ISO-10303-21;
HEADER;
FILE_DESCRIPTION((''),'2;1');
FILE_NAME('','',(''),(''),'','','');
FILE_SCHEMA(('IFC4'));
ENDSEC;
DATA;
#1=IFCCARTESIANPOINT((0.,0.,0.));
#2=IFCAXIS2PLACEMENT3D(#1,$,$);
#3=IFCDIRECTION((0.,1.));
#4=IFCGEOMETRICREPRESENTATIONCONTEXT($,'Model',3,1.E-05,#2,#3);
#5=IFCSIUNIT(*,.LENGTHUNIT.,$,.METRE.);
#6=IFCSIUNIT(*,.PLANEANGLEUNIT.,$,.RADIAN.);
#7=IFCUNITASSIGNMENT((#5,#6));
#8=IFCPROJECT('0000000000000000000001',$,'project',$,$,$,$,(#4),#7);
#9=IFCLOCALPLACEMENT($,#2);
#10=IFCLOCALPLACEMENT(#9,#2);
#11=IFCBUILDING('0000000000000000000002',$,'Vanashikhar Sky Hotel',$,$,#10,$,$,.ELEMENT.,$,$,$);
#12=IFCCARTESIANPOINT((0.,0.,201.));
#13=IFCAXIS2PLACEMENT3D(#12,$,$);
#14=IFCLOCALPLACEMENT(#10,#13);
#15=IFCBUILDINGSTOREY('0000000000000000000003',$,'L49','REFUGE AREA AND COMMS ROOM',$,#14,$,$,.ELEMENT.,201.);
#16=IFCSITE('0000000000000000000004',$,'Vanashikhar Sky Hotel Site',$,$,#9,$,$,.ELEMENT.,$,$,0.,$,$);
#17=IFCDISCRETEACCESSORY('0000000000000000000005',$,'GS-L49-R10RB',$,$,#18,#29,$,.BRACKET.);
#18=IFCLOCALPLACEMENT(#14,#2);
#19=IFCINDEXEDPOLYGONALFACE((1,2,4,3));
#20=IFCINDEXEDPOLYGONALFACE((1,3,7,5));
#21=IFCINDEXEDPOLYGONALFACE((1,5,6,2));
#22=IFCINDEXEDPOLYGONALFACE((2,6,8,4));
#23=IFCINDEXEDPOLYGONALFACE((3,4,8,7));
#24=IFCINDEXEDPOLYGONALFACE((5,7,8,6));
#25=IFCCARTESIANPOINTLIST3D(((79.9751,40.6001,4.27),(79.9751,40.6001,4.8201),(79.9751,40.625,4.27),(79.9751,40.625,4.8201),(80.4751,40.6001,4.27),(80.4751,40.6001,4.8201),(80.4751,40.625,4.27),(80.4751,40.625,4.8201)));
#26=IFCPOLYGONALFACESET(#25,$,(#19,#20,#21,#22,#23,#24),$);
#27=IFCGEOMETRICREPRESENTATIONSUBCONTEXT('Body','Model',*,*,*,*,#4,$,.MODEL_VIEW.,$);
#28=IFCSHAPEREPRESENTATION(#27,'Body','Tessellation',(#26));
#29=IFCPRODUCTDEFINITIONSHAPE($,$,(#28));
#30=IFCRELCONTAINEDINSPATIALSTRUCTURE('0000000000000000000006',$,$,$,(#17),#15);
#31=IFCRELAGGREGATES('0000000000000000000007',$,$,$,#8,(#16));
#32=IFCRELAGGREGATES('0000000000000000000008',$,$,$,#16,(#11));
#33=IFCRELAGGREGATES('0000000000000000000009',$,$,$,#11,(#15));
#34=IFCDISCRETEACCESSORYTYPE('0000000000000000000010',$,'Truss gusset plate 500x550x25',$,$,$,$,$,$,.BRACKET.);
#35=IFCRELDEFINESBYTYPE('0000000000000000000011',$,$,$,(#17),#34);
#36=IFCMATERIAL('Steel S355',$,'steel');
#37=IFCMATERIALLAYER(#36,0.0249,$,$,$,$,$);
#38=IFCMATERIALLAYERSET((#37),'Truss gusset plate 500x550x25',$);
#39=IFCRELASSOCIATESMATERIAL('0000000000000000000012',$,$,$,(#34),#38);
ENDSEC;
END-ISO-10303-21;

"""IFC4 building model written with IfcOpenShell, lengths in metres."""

from ifc_helpers import new_model, si_unit, direction, frame, origin, origin_2d, place, context, subcontext, project, spatial, rectangle, extrude, source, transform, mapped, material, layer, layer_set, type_object, element, save


model = new_model("IFC4")

# Units and contexts
model_context = context("Model", 3, precision=1e-05, world=origin(), true_north=direction((0.0, 1.0)))
body_context = subcontext(model_context, "Body", "Model", "MODEL_VIEW")
ifc_project = project(units=[si_unit("LENGTHUNIT", "METRE"), si_unit("PLANEANGLEUNIT", "RADIAN")], contexts=[model_context])

# Site, building, storey
site_placement = place(None, origin())
site = spatial("IfcSite", under=ifc_project, at=site_placement, Name="Vanashikhar Sky Hotel Site", CompositionType="ELEMENT", RefElevation=0.0)
building_placement = place(site_placement, origin())
building = spatial("IfcBuilding", under=site, at=building_placement, Name="Vanashikhar Sky Hotel", CompositionType="ELEMENT")
storey_placement = place(building_placement, frame((0.0, 0.0, 201.0)))
storey = spatial("IfcBuildingStorey", under=building, at=storey_placement, Name="L49", Description="REFUGE AREA AND COMMS ROOM", CompositionType="ELEMENT", Elevation=201.0)

# Shared definitions
ifc_material_1 = material(Name="Steel S355", Category="steel")

# Discrete accessory
ifc_layer_1 = layer(ifc_material_1, 0.0249)
ifc_layer_set_1 = layer_set([ifc_layer_1], Name="Truss gusset plate 500x550x25")
discrete_accessory_type_1 = type_object("IfcDiscreteAccessoryType", Name="Truss gusset plate 500x550x25", PredefinedType="BRACKET", material=ifc_layer_set_1)
shared_shape_1 = source(origin(), body_context, "Body", "SweptSolid", [
    extrude(rectangle(XDim=0.5, YDim=0.0249, at=origin_2d()), origin(), (0.0, 0.0, 1.0), 0.55),
])
for number, where, z_axis, x_axis, name in (
    (1, (80.2251, 40.6125, 4.27), (0.0, 0.0, 1.0), (1.0, 0.0, 0.0), "GS-L49-R10RB"),
):
    element("IfcDiscreteAccessory", number, at=place(storey_placement, frame(where, z_axis=z_axis, x_axis=x_axis)), inside=storey, type_object=discrete_accessory_type_1, Name=name, PredefinedType="BRACKET", context=body_context, shape_type="MappedRepresentation", body=[
        mapped(shared_shape_1, transform((0.0, 0.0, 0.0), scale=1.0)),
    ])

save(model, "model.ifc")
